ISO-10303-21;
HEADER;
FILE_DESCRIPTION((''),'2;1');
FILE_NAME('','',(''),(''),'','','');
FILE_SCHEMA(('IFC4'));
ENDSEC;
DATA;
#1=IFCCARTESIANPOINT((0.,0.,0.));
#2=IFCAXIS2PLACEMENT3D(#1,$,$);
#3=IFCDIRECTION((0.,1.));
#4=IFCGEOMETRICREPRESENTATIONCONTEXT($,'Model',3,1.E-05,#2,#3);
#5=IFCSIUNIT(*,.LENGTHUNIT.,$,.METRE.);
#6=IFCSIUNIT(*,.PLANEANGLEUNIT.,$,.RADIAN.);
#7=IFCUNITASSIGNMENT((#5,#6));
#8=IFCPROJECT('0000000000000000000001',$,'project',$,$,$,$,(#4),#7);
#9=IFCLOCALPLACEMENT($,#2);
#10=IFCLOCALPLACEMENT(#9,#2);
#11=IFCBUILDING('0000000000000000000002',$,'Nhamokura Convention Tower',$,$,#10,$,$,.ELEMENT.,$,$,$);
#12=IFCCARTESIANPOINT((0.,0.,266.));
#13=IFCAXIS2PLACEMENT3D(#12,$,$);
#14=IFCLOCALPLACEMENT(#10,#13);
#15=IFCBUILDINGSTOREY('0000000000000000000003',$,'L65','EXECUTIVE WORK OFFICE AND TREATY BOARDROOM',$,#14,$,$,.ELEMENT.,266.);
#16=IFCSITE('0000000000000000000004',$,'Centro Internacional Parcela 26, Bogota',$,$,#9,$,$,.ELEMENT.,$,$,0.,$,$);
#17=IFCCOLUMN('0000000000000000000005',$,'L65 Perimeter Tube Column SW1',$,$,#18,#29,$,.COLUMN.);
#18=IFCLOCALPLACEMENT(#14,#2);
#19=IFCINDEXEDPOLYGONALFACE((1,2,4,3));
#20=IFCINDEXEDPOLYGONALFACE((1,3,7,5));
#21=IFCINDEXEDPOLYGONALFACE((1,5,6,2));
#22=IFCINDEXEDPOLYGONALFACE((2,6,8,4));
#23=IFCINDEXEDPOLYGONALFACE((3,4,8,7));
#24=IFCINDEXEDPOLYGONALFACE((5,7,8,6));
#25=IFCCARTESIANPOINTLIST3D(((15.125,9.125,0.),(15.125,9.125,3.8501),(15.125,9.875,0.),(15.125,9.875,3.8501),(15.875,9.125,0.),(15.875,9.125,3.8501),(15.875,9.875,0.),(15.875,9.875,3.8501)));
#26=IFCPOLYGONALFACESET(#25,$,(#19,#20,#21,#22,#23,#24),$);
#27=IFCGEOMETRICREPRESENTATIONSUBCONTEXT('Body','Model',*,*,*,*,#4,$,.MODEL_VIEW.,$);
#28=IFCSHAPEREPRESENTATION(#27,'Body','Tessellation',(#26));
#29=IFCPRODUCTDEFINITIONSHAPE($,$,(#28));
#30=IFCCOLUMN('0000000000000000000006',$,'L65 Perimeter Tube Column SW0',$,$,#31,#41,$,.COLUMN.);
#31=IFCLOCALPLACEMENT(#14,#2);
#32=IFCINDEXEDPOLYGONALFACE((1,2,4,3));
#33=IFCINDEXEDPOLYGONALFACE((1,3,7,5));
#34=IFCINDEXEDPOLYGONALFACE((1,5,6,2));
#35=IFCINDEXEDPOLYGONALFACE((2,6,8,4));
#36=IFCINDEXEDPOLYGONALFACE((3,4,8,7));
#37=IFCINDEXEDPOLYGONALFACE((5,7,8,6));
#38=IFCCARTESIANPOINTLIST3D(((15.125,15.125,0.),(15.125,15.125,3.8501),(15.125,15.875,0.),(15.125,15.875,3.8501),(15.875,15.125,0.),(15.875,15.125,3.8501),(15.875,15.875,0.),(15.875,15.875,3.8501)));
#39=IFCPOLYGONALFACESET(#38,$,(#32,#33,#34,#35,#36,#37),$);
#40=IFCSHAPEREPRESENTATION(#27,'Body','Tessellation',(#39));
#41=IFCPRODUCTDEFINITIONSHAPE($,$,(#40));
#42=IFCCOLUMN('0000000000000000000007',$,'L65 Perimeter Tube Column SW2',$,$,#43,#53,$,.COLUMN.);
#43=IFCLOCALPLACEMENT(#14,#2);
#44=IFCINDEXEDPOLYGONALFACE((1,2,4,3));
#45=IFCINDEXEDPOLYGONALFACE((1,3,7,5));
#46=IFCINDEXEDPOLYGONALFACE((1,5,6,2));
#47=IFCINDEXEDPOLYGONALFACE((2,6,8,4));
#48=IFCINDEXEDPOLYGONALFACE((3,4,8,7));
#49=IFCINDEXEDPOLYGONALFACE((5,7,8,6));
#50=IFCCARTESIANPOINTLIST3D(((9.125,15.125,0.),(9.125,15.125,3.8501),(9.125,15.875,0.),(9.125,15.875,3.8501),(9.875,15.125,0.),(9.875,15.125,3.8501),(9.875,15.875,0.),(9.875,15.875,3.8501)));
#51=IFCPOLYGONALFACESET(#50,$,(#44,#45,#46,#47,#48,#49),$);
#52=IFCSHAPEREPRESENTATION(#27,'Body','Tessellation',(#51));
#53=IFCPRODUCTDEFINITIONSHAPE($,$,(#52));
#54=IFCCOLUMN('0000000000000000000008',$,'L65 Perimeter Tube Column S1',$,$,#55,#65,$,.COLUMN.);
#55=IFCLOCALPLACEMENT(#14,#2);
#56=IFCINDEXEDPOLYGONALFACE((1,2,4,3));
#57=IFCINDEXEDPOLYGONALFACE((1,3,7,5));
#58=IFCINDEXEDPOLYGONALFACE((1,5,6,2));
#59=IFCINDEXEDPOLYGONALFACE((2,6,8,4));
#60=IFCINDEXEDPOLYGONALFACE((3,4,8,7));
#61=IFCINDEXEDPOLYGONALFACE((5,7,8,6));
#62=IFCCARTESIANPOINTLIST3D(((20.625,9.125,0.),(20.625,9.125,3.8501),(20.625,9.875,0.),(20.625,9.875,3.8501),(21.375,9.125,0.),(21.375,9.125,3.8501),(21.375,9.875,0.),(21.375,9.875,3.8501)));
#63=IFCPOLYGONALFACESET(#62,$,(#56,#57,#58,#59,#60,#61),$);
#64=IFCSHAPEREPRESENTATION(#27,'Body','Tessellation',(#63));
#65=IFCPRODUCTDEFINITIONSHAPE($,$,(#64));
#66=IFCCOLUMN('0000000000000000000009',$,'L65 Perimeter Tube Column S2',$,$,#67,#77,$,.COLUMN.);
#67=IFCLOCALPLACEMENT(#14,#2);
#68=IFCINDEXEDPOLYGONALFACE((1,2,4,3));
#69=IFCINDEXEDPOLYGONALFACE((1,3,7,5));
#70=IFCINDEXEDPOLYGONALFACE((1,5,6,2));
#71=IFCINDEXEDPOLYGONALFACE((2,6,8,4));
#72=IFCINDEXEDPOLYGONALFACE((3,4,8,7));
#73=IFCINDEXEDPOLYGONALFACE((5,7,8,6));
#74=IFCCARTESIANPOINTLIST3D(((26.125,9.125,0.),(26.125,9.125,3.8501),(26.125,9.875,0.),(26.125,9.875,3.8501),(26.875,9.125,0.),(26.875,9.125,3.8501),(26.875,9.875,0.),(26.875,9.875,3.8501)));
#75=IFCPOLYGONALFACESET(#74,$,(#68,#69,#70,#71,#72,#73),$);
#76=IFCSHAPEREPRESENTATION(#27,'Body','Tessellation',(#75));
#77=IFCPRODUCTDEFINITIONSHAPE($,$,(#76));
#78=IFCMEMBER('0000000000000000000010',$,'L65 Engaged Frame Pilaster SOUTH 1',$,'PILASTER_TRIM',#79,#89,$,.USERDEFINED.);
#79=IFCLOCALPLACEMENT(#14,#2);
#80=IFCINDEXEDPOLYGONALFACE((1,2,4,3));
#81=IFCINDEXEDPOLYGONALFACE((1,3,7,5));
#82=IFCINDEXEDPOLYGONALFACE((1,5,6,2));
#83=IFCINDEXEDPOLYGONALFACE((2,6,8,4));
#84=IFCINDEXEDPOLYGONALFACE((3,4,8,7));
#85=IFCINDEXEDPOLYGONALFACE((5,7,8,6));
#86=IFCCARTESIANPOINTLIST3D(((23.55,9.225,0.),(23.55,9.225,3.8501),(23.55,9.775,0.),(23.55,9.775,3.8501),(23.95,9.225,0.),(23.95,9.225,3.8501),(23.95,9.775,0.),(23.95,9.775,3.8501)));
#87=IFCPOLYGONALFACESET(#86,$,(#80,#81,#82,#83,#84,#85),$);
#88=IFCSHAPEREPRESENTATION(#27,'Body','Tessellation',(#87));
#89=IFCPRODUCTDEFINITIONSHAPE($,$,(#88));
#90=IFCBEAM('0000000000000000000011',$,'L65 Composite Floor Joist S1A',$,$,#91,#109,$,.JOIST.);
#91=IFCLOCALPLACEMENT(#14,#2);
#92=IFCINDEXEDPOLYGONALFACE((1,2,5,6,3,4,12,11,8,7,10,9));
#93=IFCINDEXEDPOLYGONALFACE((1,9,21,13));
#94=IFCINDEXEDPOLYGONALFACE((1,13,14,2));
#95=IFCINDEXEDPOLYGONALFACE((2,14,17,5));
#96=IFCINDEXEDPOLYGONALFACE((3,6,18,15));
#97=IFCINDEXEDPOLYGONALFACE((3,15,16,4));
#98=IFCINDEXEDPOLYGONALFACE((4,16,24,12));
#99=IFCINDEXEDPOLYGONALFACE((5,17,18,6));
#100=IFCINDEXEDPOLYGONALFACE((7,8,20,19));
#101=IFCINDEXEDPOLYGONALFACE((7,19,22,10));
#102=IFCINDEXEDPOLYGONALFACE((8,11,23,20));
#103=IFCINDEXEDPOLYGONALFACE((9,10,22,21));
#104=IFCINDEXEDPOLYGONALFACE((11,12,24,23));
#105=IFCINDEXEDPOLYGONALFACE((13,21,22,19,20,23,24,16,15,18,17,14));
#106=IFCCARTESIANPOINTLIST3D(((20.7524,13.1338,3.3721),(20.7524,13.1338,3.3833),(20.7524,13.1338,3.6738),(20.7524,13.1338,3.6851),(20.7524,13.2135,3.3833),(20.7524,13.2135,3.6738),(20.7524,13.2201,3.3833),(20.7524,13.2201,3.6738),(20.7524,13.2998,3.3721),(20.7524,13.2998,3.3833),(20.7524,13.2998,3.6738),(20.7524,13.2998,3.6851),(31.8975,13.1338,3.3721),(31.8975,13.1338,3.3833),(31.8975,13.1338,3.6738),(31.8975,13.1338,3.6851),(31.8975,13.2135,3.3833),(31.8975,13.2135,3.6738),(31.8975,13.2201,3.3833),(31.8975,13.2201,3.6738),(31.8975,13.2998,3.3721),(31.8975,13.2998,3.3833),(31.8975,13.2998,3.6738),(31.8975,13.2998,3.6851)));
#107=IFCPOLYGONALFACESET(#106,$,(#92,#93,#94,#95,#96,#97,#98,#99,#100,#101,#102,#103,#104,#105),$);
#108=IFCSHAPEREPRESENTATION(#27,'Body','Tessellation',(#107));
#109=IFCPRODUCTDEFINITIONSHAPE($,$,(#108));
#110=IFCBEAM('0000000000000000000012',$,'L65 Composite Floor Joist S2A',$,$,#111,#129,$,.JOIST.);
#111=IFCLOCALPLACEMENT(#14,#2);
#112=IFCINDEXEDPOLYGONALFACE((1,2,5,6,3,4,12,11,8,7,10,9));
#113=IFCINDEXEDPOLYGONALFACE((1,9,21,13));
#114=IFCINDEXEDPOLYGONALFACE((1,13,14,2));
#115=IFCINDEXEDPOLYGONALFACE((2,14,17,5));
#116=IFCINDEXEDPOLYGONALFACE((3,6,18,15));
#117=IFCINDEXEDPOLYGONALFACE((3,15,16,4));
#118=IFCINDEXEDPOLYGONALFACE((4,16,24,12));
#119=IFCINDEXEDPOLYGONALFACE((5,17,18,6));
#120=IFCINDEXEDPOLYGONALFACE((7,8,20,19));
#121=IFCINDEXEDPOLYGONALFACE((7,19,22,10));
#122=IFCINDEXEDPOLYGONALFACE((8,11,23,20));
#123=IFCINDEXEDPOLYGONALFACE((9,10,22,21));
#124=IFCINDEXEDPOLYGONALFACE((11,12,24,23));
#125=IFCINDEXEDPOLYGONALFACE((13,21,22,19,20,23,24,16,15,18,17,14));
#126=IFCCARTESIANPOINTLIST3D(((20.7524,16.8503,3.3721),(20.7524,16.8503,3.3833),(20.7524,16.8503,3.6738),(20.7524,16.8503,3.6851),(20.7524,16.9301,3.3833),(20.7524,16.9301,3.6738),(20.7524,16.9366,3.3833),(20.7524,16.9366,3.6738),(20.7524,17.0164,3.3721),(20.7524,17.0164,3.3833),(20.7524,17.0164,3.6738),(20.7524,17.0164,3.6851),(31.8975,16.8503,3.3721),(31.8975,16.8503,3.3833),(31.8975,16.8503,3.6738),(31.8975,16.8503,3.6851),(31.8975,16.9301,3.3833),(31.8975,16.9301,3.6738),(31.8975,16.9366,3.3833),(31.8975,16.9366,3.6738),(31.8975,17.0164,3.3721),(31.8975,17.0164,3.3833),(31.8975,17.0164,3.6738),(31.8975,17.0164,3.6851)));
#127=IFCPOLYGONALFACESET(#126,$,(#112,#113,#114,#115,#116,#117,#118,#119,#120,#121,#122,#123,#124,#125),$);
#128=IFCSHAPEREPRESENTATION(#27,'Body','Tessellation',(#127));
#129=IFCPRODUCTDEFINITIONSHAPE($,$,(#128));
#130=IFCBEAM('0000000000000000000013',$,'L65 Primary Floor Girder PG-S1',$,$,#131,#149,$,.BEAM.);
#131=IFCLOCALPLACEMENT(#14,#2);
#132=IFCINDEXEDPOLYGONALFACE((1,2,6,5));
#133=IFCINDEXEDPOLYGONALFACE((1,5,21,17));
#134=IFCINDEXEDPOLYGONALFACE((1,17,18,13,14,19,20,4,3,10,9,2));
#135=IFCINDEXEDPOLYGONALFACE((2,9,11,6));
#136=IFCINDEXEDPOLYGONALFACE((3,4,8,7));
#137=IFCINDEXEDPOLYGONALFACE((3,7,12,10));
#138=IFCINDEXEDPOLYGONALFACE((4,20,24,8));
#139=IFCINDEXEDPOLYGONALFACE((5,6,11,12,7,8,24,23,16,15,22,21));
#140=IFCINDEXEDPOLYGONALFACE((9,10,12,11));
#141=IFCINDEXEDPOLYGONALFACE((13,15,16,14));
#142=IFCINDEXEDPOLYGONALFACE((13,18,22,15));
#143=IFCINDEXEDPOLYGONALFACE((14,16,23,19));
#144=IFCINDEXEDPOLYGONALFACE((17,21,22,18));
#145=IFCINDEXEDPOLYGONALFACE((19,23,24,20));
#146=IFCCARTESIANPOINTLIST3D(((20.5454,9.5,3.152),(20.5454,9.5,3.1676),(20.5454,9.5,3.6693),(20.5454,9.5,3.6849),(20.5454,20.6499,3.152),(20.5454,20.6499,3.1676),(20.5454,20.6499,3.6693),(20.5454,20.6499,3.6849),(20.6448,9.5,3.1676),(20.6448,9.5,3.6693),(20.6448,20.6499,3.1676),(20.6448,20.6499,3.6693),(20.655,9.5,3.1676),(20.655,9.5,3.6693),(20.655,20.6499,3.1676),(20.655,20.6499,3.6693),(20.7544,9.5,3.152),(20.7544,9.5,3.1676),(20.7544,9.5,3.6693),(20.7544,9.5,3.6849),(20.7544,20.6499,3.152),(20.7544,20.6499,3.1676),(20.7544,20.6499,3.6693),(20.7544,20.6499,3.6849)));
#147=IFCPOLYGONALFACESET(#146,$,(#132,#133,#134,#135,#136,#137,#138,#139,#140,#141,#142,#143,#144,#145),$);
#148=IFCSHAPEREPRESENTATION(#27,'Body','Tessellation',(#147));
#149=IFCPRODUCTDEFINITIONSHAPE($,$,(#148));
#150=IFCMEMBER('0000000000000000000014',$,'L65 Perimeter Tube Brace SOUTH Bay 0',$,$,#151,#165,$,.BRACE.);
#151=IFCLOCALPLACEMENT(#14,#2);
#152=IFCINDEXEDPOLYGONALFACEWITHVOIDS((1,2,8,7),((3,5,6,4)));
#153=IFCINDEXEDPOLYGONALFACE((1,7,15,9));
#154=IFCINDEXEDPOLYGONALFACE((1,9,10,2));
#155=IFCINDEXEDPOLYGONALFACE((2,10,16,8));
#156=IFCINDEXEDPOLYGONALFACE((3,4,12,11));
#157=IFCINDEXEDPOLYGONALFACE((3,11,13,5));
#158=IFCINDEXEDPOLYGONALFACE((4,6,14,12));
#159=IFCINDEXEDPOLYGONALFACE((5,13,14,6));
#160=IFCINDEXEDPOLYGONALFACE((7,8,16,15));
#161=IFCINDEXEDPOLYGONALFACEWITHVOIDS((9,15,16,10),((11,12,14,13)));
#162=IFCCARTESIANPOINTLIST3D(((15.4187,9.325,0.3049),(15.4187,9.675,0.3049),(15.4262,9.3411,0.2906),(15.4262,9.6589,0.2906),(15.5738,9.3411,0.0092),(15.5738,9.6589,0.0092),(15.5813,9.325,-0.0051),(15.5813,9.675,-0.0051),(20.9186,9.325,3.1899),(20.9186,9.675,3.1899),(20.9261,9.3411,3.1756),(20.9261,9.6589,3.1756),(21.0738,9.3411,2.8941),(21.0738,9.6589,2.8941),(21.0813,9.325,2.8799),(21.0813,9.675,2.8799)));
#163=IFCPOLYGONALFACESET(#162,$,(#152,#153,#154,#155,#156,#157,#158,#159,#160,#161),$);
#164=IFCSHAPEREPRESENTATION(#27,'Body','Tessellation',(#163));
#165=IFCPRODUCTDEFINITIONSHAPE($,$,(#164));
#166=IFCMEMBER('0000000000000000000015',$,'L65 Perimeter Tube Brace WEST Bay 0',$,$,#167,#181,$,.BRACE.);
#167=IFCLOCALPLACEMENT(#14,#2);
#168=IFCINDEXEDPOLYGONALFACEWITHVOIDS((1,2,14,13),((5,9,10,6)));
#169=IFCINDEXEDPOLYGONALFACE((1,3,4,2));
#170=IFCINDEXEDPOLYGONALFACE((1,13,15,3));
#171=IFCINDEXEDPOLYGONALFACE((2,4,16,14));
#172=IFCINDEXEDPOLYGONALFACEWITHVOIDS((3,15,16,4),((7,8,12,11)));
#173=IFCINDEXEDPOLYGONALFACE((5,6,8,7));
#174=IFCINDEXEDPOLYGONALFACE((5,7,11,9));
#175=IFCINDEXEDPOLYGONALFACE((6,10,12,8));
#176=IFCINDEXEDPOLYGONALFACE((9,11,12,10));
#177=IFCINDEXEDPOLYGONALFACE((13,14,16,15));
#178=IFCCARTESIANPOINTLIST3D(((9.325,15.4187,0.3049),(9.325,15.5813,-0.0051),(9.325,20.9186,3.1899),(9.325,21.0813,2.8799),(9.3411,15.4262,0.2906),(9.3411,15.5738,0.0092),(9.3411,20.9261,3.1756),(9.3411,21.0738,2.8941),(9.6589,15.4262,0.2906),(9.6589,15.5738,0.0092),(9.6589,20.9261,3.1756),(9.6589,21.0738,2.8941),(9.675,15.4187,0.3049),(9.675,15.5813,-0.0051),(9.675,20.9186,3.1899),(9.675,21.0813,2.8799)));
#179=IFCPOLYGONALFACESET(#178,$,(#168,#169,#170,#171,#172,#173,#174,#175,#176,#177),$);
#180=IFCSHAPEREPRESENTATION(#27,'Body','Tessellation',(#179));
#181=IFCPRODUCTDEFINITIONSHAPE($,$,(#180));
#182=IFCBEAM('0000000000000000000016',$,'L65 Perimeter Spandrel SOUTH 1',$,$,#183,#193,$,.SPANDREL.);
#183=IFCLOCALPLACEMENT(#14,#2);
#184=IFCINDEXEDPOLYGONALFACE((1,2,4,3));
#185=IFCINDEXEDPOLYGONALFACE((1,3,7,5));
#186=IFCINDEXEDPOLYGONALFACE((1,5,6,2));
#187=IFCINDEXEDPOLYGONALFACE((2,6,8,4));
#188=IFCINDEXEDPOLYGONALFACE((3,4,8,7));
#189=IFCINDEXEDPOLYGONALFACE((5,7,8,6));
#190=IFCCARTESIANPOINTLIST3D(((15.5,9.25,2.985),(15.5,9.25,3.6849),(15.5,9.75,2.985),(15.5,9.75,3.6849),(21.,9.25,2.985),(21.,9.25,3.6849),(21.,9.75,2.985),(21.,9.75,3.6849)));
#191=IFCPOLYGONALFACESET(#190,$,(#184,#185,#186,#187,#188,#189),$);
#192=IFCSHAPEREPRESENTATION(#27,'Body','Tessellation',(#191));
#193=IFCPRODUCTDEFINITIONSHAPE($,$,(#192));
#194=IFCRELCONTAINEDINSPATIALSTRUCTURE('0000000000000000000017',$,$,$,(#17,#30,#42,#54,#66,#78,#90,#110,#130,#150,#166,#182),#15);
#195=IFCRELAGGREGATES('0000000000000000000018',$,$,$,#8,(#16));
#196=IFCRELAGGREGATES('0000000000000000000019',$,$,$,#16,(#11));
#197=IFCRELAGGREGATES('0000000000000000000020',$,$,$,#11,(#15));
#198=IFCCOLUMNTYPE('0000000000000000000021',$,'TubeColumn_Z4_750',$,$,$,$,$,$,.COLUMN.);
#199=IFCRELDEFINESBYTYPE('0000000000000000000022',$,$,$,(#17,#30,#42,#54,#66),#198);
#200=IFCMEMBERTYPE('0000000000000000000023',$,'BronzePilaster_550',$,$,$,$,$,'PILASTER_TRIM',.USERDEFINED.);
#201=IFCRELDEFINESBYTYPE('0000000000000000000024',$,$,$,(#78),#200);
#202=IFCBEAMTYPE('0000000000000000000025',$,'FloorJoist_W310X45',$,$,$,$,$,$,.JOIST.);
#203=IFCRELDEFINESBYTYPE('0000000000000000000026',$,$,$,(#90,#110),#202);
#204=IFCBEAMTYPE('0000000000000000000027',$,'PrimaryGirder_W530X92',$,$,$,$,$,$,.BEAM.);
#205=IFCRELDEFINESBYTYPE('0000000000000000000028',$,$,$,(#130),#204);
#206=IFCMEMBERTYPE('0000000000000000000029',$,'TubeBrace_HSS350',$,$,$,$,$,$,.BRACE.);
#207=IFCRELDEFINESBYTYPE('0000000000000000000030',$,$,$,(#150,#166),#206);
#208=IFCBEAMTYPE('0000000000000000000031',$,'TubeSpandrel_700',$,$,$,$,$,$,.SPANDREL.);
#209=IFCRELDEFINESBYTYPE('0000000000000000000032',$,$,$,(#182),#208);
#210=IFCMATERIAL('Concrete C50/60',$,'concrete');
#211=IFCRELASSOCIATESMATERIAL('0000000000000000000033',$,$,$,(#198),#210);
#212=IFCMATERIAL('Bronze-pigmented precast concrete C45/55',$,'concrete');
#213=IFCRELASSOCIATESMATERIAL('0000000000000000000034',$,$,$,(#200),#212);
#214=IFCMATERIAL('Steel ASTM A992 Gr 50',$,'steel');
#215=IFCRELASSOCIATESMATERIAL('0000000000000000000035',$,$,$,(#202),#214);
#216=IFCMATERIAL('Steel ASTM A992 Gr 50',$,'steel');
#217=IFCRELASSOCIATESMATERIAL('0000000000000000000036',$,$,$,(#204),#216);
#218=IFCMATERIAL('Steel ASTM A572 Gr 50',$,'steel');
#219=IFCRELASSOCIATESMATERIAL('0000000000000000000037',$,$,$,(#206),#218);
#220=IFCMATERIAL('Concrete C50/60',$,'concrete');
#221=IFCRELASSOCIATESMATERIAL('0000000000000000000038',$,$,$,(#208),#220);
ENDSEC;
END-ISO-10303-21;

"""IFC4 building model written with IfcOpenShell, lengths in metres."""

from ifc_helpers import new_model, si_unit, direction, frame, origin, origin_2d, place, context, subcontext, project, spatial, rectangle, hollow_rectangle, i_section, extrude, material, material_profile, profile_set, type_object, element, save


model = new_model("IFC4")

# Units and contexts
model_context = context("Model", 3, precision=1e-05, world=origin(), true_north=direction((0.0, 1.0)))
body_context = subcontext(model_context, "Body", "Model", "MODEL_VIEW")
ifc_project = project(units=[si_unit("LENGTHUNIT", "METRE"), si_unit("PLANEANGLEUNIT", "RADIAN")], contexts=[model_context])

# Site, building, storey
site_placement = place(None, origin())
site = spatial("IfcSite", under=ifc_project, at=site_placement, Name="Centro Internacional Parcela 26, Bogota", CompositionType="ELEMENT", RefElevation=0.0)
building_placement = place(site_placement, origin())
building = spatial("IfcBuilding", under=site, at=building_placement, Name="Nhamokura Convention Tower", CompositionType="ELEMENT")
storey_placement = place(building_placement, frame((0.0, 0.0, 266.0)))
storey = spatial("IfcBuildingStorey", under=building, at=storey_placement, Name="L65", Description="EXECUTIVE WORK OFFICE AND TREATY BOARDROOM", CompositionType="ELEMENT", Elevation=266.0)

# Columns
ifc_material_1 = material(Name="Concrete C50/60", Category="concrete")
ifc_material_profile_1 = material_profile(ifc_material_1, rectangle(XDim=0.75, YDim=0.75, at=origin_2d()))
ifc_profile_set_1 = profile_set([ifc_material_profile_1], Name="Concrete C50/60")
column_type = type_object("IfcColumnType", Name="TubeColumn_Z4_750", PredefinedType="COLUMN", material=ifc_profile_set_1)
for number, where, z_axis, x_axis, name in (
    (1, (15.5, 9.5, 0.0), (0.0, 0.0, 1.0), (1.0, 0.0, 0.0), "L65 Perimeter Tube Column SW1"),
    (2, (15.5, 15.5, 0.0), (0.0, 0.0, 1.0), (1.0, 0.0, 0.0), "L65 Perimeter Tube Column SW0"),
    (3, (9.5, 15.5, 0.0), (0.0, 0.0, 1.0), (1.0, 0.0, 0.0), "L65 Perimeter Tube Column SW2"),
    (4, (21.0, 9.5, 0.0), (0.0, 0.0, 1.0), (1.0, 0.0, 0.0), "L65 Perimeter Tube Column S1"),
    (5, (26.5, 9.5, 0.0), (0.0, 0.0, 1.0), (1.0, 0.0, 0.0), "L65 Perimeter Tube Column S2"),
):
    element("IfcColumn", number, at=place(storey_placement, frame(where, z_axis=z_axis, x_axis=x_axis)), inside=storey, type_object=column_type, Name=name, PredefinedType="COLUMN", context=body_context, shape_type="SweptSolid", body=[
        extrude(rectangle(XDim=0.75, YDim=0.75, at=origin_2d()), origin(), (0.0, 0.0, 1.0), 3.8501),
    ])

# Member
ifc_material_2 = material(Name="Bronze-pigmented precast concrete C45/55", Category="concrete")
ifc_material_profile_2 = material_profile(ifc_material_2, rectangle(XDim=0.3999, YDim=0.55, at=origin_2d()))
ifc_profile_set_2 = profile_set([ifc_material_profile_2], Name="Bronze-pigmented precast concrete C45/55")
member_type_1 = type_object("IfcMemberType", Name="BronzePilaster_550", ElementType="PILASTER_TRIM", PredefinedType="USERDEFINED", material=ifc_profile_set_2)
member_placement = place(storey_placement, frame((23.75, 9.5, 0.0), z_axis=(0.0, 0.0, 1.0), x_axis=(1.0, 0.0, 0.0)))
element("IfcMember", 6, at=member_placement, inside=storey, type_object=member_type_1, Name="L65 Engaged Frame Pilaster SOUTH 1", ObjectType="PILASTER_TRIM", PredefinedType="USERDEFINED", context=body_context, shape_type="SweptSolid", body=[
    extrude(rectangle(XDim=0.3999, YDim=0.55, at=origin_2d()), origin(), (0.0, 0.0, 1.0), 3.8501),
])

# Beams
ifc_material_3 = material(Name="Steel ASTM A992 Gr 50", Category="steel")
ifc_material_profile_3 = material_profile(ifc_material_3, i_section(OverallWidth=0.166, OverallDepth=0.313, WebThickness=0.0066, FlangeThickness=0.0112, at=origin_2d()))
ifc_profile_set_3 = profile_set([ifc_material_profile_3], Name="Steel ASTM A992 Gr 50")
beam_type_1 = type_object("IfcBeamType", Name="FloorJoist_W310X45", PredefinedType="JOIST", material=ifc_profile_set_3)
for number, where, z_axis, x_axis, name in (
    (7, (20.7524, 13.2168, 3.5286), (1.0, 0.0, 0.0), (0.0, 1.0, 0.0), "L65 Composite Floor Joist S1A"),
    (8, (20.7524, 16.9333, 3.5286), (1.0, 0.0, 0.0), (0.0, 1.0, 0.0), "L65 Composite Floor Joist S2A"),
):
    element("IfcBeam", number, at=place(storey_placement, frame(where, z_axis=z_axis, x_axis=x_axis)), inside=storey, type_object=beam_type_1, Name=name, PredefinedType="JOIST", context=body_context, shape_type="SweptSolid", body=[
        extrude(i_section(OverallWidth=0.166, OverallDepth=0.313, WebThickness=0.0066, FlangeThickness=0.0112, at=origin_2d()), origin(), (0.0, 0.0, 1.0), 11.145),
    ])
ifc_material_4 = material(Name="Steel ASTM A992 Gr 50", Category="steel")
ifc_material_profile_4 = material_profile(ifc_material_4, i_section(OverallWidth=0.209, OverallDepth=0.533, WebThickness=0.0103, FlangeThickness=0.0156, at=origin_2d()))
ifc_profile_set_4 = profile_set([ifc_material_profile_4], Name="Steel ASTM A992 Gr 50")
beam_type_2 = type_object("IfcBeamType", Name="PrimaryGirder_W530X92", PredefinedType="BEAM", material=ifc_profile_set_4)
beam_placement = place(storey_placement, frame((20.6499, 9.5, 3.4185), z_axis=(0.0, 1.0, 0.0), x_axis=(-1.0, 0.0, 0.0)))
element("IfcBeam", 9, at=beam_placement, inside=storey, type_object=beam_type_2, Name="L65 Primary Floor Girder PG-S1", PredefinedType="BEAM", context=body_context, shape_type="SweptSolid", body=[
    extrude(i_section(OverallWidth=0.209, OverallDepth=0.533, WebThickness=0.0103, FlangeThickness=0.0156, at=origin_2d()), origin(), (0.0, 0.0, 1.0), 11.1499),
])

# Members
ifc_material_5 = material(Name="Steel ASTM A572 Gr 50", Category="steel")
ifc_material_profile_5 = material_profile(ifc_material_5, hollow_rectangle(XDim=0.3501, YDim=0.3501, WallThickness=0.0161, at=origin_2d()))
ifc_profile_set_5 = profile_set([ifc_material_profile_5], Name="Steel ASTM A572 Gr 50")
member_type_2 = type_object("IfcMemberType", Name="TubeBrace_HSS350", PredefinedType="BRACE", material=ifc_profile_set_5)
for number, where, z_axis, x_axis, name in (
    (10, (15.5, 9.5, 0.1499), (0.885563, 0.0, 0.46452), (0.0, 1.0, 0.0), "L65 Perimeter Tube Brace SOUTH Bay 0"),
    (11, (9.5, 15.5, 0.1499), (0.0, 0.885563, 0.46452), (-1.0, 0.0, 0.0), "L65 Perimeter Tube Brace WEST Bay 0"),
):
    element("IfcMember", number, at=place(storey_placement, frame(where, z_axis=z_axis, x_axis=x_axis)), inside=storey, type_object=member_type_2, Name=name, PredefinedType="BRACE", context=body_context, shape_type="SweptSolid", body=[
        extrude(hollow_rectangle(XDim=0.3501, YDim=0.3501, WallThickness=0.0161, at=origin_2d()), origin(), (0.0, 0.0, 1.0), 6.2107),
    ])

# Beam
ifc_material_6 = material(Name="Concrete C50/60", Category="concrete")
ifc_material_profile_6 = material_profile(ifc_material_6, rectangle(XDim=0.5, YDim=0.7, at=origin_2d()))
ifc_profile_set_6 = profile_set([ifc_material_profile_6], Name="Concrete C50/60")
beam_type_3 = type_object("IfcBeamType", Name="TubeSpandrel_700", PredefinedType="SPANDREL", material=ifc_profile_set_6)
for number, where, z_axis, x_axis, name in (
    (12, (15.5, 9.5, 3.335), (1.0, 0.0, 0.0), (0.0, 1.0, 0.0), "L65 Perimeter Spandrel SOUTH 1"),
):
    element("IfcBeam", number, at=place(storey_placement, frame(where, z_axis=z_axis, x_axis=x_axis)), inside=storey, type_object=beam_type_3, Name=name, PredefinedType="SPANDREL", context=body_context, shape_type="SweptSolid", body=[
        extrude(rectangle(XDim=0.5, YDim=0.7, at=origin_2d()), origin(), (0.0, 0.0, 1.0), 5.5),
    ])

save(model, "model.ifc")
